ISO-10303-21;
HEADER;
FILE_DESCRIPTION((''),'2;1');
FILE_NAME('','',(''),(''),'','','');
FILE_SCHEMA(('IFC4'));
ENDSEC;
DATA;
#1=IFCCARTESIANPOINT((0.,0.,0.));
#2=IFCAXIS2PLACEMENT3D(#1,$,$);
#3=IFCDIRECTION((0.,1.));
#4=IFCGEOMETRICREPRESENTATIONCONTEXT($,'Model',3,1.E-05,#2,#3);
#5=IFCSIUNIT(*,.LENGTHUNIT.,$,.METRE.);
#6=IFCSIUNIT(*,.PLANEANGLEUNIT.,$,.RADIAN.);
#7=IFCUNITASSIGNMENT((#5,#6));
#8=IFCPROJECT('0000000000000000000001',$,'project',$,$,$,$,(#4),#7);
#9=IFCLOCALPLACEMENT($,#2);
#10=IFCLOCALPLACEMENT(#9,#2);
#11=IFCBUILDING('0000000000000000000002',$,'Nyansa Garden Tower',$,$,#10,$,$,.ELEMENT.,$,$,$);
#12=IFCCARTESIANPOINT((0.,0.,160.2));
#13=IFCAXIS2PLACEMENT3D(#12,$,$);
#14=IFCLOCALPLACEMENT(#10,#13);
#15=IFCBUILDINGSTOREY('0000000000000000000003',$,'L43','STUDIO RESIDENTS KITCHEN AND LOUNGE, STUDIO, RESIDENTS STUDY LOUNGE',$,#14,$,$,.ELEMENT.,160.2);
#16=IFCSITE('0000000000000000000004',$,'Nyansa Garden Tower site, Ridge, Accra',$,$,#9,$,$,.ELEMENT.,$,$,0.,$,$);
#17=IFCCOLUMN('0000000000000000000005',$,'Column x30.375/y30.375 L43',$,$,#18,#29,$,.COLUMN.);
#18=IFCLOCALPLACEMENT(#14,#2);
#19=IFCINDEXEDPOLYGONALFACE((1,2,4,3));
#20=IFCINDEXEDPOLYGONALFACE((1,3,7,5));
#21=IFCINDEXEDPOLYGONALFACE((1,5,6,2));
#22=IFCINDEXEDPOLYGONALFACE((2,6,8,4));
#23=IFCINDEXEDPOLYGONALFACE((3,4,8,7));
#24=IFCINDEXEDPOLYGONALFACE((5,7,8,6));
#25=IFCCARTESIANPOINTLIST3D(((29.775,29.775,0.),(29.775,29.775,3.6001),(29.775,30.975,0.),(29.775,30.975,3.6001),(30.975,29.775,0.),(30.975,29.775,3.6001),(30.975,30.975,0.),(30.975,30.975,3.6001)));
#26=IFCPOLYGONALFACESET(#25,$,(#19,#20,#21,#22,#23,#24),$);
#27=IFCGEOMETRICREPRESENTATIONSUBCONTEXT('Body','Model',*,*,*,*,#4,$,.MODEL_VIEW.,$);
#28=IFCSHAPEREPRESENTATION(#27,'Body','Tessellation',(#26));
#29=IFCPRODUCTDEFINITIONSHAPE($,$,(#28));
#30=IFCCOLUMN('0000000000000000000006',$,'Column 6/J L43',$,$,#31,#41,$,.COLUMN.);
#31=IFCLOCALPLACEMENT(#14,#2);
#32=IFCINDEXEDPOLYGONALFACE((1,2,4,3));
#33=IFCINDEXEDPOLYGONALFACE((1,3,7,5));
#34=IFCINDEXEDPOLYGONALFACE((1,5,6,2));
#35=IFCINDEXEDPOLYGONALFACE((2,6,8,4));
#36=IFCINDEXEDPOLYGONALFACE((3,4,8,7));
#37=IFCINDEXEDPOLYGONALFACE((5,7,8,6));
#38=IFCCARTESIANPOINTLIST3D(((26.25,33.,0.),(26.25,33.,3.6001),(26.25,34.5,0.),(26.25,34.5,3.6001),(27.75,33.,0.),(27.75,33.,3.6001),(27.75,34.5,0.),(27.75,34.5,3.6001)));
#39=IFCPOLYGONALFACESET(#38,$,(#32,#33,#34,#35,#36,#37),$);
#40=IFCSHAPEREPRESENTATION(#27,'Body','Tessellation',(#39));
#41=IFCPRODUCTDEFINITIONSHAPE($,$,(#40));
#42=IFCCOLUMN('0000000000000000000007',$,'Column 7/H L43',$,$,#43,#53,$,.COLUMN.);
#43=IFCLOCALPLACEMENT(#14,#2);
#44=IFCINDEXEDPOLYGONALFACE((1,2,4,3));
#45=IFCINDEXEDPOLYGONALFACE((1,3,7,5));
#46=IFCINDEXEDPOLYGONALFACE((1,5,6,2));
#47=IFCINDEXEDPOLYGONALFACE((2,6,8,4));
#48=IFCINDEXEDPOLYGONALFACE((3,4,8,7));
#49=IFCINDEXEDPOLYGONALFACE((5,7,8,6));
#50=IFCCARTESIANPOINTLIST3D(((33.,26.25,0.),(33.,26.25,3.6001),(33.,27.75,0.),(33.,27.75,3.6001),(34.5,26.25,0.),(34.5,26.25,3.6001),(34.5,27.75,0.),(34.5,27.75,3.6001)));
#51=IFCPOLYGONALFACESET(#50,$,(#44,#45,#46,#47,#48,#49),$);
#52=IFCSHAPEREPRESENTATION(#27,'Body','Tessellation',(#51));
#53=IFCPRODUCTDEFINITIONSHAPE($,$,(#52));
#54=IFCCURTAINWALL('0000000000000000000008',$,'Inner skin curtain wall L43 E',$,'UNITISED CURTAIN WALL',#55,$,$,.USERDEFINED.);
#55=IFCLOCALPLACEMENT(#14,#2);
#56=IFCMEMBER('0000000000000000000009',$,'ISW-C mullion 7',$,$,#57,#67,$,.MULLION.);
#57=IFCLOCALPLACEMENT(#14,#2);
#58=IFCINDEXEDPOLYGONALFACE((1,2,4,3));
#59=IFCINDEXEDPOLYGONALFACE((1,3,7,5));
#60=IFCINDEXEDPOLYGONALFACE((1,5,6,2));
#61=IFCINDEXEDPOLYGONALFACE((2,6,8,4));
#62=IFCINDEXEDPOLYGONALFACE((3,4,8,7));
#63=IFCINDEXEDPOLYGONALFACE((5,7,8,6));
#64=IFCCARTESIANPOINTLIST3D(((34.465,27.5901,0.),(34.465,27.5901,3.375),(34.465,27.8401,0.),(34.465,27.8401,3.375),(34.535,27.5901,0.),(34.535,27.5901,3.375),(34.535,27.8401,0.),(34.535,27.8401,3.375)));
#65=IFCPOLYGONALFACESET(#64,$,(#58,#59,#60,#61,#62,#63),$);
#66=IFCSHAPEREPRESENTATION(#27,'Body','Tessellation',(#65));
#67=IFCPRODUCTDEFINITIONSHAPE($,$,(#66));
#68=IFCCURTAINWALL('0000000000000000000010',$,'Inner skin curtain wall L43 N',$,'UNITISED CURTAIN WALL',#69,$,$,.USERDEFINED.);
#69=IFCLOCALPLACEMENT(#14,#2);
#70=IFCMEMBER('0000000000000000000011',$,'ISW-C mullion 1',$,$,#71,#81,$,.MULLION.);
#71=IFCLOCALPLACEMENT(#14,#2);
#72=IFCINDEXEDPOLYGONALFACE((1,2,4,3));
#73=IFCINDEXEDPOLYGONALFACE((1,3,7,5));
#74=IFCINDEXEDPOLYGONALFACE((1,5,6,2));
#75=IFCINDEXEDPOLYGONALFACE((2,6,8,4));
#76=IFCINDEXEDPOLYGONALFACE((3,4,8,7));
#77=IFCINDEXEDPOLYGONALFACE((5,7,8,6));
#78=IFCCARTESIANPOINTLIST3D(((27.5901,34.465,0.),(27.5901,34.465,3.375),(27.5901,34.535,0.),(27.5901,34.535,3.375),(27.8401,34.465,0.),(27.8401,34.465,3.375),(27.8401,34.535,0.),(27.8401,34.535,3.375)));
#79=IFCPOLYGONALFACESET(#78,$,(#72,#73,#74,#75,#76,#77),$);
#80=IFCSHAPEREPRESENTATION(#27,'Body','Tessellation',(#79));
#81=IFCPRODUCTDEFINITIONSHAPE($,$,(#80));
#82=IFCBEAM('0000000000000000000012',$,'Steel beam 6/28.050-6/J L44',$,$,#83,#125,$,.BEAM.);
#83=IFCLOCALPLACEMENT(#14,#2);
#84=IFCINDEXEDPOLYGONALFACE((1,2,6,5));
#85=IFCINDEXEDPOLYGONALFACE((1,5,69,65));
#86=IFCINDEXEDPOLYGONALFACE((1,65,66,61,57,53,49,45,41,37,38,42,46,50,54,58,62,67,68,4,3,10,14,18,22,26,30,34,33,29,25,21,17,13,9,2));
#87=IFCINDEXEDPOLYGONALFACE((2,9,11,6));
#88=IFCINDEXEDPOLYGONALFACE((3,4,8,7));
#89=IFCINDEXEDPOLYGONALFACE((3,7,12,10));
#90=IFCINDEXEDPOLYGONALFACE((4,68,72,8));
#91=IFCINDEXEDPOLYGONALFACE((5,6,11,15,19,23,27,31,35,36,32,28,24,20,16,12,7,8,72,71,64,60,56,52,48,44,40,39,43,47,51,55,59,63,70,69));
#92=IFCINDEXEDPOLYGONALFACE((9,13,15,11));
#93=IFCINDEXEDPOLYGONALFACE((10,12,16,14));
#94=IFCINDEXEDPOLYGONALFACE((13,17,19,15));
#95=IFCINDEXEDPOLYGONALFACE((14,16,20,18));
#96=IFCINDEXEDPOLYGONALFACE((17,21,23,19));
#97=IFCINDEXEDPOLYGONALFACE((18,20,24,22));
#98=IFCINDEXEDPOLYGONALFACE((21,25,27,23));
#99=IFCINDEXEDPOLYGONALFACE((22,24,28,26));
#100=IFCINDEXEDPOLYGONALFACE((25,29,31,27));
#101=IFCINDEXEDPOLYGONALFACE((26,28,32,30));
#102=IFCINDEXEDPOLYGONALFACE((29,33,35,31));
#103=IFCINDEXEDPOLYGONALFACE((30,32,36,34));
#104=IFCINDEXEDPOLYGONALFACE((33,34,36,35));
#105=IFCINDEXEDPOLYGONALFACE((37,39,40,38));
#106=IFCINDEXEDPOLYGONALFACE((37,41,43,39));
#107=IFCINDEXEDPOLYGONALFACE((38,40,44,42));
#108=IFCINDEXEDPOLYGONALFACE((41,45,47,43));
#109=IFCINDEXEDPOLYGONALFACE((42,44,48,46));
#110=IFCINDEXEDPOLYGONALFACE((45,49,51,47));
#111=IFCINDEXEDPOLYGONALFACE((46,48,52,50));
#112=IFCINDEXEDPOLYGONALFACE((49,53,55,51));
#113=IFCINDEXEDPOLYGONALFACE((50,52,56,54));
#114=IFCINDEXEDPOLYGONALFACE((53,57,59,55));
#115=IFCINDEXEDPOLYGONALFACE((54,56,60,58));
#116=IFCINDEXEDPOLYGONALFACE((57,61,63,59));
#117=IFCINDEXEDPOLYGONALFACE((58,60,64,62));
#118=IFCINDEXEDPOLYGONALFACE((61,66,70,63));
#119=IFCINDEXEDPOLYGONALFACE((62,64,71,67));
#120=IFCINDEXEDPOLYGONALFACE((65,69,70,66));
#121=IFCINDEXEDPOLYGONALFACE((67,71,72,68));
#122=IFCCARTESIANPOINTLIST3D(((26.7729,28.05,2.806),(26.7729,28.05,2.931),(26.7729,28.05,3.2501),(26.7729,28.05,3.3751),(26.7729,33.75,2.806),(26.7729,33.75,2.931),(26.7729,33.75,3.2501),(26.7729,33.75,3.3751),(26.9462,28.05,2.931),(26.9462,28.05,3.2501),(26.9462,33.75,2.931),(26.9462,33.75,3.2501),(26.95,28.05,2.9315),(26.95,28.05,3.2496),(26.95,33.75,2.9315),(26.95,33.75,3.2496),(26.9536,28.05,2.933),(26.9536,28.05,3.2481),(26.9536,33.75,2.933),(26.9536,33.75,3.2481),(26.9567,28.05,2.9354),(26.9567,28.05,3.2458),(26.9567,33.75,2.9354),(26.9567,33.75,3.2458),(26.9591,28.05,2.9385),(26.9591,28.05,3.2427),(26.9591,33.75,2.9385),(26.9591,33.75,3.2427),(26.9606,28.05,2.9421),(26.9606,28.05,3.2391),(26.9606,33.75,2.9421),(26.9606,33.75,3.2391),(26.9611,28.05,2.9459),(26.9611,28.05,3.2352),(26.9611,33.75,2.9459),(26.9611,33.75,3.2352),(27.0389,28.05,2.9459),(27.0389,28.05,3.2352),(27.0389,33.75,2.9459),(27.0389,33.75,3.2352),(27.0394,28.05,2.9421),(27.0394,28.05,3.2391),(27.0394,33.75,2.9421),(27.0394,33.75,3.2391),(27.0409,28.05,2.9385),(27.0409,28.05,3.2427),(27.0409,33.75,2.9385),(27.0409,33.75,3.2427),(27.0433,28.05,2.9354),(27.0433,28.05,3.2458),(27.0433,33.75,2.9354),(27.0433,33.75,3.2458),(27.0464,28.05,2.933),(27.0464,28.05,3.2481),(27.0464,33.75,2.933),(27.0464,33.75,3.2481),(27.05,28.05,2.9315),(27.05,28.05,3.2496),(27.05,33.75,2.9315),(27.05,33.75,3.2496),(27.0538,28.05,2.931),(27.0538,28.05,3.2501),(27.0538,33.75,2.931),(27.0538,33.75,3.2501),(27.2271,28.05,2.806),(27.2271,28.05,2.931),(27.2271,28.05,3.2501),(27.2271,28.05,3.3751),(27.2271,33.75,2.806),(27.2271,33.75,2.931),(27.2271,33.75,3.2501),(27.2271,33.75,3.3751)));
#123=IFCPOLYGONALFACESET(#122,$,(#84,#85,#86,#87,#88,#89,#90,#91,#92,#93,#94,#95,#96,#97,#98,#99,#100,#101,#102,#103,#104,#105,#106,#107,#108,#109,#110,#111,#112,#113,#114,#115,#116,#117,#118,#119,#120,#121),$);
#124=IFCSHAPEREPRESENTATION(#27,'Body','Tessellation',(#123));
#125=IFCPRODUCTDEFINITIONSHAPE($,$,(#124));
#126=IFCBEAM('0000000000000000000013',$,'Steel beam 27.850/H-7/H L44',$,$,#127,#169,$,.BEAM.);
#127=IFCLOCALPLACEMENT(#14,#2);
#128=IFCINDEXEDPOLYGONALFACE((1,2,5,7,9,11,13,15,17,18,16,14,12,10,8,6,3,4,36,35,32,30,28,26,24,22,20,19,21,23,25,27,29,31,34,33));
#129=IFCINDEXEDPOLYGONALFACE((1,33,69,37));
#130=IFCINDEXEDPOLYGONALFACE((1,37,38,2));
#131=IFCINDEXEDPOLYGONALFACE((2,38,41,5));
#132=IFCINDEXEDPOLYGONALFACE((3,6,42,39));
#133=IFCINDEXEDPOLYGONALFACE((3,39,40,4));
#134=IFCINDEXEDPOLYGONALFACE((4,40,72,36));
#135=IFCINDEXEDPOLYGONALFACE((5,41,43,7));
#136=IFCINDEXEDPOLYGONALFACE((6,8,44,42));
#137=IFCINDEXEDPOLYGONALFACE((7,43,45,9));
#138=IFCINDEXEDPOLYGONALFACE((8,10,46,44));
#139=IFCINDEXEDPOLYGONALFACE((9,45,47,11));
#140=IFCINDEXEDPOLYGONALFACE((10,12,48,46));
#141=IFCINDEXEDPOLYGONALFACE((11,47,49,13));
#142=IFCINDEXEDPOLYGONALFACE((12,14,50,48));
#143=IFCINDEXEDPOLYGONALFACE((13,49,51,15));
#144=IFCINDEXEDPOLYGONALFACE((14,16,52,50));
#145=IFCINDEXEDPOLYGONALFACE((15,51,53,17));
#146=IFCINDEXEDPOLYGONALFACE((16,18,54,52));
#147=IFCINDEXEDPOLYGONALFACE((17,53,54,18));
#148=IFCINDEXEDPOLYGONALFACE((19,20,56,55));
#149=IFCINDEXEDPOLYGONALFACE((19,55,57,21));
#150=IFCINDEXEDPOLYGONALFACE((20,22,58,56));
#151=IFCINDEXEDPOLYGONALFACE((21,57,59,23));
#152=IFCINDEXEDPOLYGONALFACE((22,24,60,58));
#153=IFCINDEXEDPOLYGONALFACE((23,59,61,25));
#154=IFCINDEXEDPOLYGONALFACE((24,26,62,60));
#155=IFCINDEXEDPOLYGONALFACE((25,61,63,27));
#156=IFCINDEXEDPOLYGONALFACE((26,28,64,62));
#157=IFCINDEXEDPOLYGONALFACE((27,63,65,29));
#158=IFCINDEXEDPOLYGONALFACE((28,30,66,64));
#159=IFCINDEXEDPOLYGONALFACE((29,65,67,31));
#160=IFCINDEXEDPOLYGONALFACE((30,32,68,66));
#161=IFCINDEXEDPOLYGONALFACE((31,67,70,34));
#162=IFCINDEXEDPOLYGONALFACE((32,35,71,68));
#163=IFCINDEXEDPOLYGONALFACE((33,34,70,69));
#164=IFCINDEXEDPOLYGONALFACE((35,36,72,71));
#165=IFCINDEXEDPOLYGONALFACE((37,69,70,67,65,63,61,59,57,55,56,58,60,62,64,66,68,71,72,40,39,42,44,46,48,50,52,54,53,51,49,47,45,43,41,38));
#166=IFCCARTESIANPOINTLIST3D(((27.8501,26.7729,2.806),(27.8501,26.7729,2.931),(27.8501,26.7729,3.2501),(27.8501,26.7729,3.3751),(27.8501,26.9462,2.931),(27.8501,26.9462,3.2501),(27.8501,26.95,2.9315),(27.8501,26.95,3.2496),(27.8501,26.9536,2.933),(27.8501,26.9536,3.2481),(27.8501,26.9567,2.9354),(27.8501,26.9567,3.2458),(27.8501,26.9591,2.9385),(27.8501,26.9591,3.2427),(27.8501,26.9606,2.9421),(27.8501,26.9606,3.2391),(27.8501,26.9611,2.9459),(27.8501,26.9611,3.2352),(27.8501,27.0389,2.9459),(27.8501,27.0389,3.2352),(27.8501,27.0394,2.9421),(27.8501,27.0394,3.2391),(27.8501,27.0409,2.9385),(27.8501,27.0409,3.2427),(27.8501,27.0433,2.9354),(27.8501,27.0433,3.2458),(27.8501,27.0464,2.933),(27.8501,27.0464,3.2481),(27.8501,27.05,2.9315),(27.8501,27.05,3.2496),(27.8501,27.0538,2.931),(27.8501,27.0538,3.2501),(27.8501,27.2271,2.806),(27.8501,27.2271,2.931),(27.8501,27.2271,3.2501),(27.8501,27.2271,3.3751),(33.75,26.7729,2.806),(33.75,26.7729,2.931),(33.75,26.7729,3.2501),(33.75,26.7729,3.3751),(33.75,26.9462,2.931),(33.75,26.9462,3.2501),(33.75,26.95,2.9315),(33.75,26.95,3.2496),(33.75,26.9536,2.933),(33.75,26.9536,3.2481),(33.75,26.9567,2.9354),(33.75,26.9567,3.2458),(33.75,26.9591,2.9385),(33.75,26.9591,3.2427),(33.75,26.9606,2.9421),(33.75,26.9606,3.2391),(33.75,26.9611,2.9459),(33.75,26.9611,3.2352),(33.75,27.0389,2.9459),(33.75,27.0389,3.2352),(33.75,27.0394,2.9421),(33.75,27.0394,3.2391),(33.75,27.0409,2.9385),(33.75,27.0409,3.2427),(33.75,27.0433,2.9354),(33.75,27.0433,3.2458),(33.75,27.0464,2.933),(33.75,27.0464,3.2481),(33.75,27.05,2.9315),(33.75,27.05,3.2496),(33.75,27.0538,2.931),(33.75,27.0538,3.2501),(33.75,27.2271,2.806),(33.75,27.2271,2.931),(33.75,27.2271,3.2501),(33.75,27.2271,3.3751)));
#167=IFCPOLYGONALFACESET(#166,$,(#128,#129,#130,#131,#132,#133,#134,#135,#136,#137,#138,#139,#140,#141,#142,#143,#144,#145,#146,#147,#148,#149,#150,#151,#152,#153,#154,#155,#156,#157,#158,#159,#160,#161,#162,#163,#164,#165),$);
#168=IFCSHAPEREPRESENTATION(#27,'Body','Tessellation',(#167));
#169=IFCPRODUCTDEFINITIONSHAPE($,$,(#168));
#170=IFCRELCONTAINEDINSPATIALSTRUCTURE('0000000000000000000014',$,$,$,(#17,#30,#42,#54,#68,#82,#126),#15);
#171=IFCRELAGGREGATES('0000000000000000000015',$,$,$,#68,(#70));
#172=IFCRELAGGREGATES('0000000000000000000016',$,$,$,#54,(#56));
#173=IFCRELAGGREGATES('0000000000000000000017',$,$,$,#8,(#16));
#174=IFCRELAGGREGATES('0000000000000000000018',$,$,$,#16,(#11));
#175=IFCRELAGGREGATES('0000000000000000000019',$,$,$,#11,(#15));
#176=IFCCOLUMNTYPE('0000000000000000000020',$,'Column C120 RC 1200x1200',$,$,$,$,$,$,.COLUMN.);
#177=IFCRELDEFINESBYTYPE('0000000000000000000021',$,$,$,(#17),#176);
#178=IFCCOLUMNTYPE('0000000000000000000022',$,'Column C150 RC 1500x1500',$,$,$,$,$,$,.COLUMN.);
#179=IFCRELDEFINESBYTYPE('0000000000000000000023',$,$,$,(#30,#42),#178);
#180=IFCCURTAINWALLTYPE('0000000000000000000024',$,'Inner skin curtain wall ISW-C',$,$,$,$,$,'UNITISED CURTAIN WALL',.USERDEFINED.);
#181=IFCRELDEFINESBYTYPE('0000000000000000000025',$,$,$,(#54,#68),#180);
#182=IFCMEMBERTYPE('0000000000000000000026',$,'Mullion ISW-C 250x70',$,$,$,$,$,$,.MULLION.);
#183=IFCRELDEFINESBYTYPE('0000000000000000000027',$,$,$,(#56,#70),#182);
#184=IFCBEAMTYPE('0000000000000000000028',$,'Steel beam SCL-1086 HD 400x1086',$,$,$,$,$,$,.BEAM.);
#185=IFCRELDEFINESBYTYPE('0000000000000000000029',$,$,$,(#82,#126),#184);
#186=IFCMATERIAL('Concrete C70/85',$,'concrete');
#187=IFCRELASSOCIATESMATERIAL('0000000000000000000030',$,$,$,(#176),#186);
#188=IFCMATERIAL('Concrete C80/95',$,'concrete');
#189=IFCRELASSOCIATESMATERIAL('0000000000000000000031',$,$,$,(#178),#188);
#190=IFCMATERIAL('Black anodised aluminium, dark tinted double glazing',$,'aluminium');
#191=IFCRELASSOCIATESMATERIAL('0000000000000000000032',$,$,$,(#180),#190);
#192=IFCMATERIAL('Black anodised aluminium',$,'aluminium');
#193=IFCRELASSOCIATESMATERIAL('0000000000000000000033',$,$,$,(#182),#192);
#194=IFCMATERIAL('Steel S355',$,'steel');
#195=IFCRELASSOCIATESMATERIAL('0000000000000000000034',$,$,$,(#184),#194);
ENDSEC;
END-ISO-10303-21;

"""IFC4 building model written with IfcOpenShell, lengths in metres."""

from ifc_helpers import new_model, si_unit, direction, frame, origin, origin_2d, place, context, subcontext, project, spatial, rectangle, i_section, extrude, material, material_profile, profile_set, type_object, element, aggregate, save


model = new_model("IFC4")

# Units and contexts
model_context = context("Model", 3, precision=1e-05, world=origin(), true_north=direction((0.0, 1.0)))
body_context = subcontext(model_context, "Body", "Model", "MODEL_VIEW")
ifc_project = project(units=[si_unit("LENGTHUNIT", "METRE"), si_unit("PLANEANGLEUNIT", "RADIAN")], contexts=[model_context])

# Site, building, storey
site_placement = place(None, origin())
site = spatial("IfcSite", under=ifc_project, at=site_placement, Name="Nyansa Garden Tower site, Ridge, Accra", CompositionType="ELEMENT", RefElevation=0.0)
building_placement = place(site_placement, origin())
building = spatial("IfcBuilding", under=site, at=building_placement, Name="Nyansa Garden Tower", CompositionType="ELEMENT")
storey_placement = place(building_placement, frame((0.0, 0.0, 160.2)))
storey = spatial("IfcBuildingStorey", under=building, at=storey_placement, Name="L43", Description="STUDIO RESIDENTS KITCHEN AND LOUNGE, STUDIO, RESIDENTS STUDY LOUNGE", CompositionType="ELEMENT", Elevation=160.2)

# Columns
ifc_material_1 = material(Name="Concrete C70/85", Category="concrete")
ifc_material_profile_1 = material_profile(ifc_material_1, rectangle(XDim=1.2, YDim=1.2, at=origin_2d()), Name="RC 1200x1200")
ifc_profile_set_1 = profile_set([ifc_material_profile_1], Name="Concrete C70/85")
column_type_1 = type_object("IfcColumnType", Name="Column C120 RC 1200x1200", PredefinedType="COLUMN", material=ifc_profile_set_1)
column_placement = place(storey_placement, frame((30.375, 30.375, 0.0), z_axis=(0.0, 0.0, 1.0), x_axis=(1.0, 0.0, 0.0)))
element("IfcColumn", 1, at=column_placement, inside=storey, type_object=column_type_1, Name="Column x30.375/y30.375 L43", PredefinedType="COLUMN", context=body_context, shape_type="SweptSolid", body=[
    extrude(rectangle(XDim=1.2, YDim=1.2, at=origin_2d()), origin(), (0.0, 0.0, 1.0), 3.6001),
])
ifc_material_2 = material(Name="Concrete C80/95", Category="concrete")
ifc_material_profile_2 = material_profile(ifc_material_2, rectangle(XDim=1.5, YDim=1.5, at=origin_2d()), Name="RC 1500x1500")
ifc_profile_set_2 = profile_set([ifc_material_profile_2], Name="Concrete C80/95")
column_type_2 = type_object("IfcColumnType", Name="Column C150 RC 1500x1500", PredefinedType="COLUMN", material=ifc_profile_set_2)
for number, where, z_axis, x_axis, name in (
    (2, (27.0, 33.75, 0.0), (0.0, 0.0, 1.0), (1.0, 0.0, 0.0), "Column 6/J L43"),
    (3, (33.75, 27.0, 0.0), (0.0, 0.0, 1.0), (1.0, 0.0, 0.0), "Column 7/H L43"),
):
    element("IfcColumn", number, at=place(storey_placement, frame(where, z_axis=z_axis, x_axis=x_axis)), inside=storey, type_object=column_type_2, Name=name, PredefinedType="COLUMN", context=body_context, shape_type="SweptSolid", body=[
        extrude(rectangle(XDim=1.5, YDim=1.5, at=origin_2d()), origin(), (0.0, 0.0, 1.0), 3.6001),
    ])

# Curtain walls, members
ifc_material_3 = material(Name="Black anodised aluminium, dark tinted double glazing", Category="aluminium")
curtain_wall_type = type_object("IfcCurtainWallType", Name="Inner skin curtain wall ISW-C", ElementType="UNITISED CURTAIN WALL", PredefinedType="USERDEFINED", material=ifc_material_3)
curtain_wall_1_placement = place(storey_placement, origin())
curtain_wall_1 = element("IfcCurtainWall", 4, at=curtain_wall_1_placement, inside=storey, type_object=curtain_wall_type, Name="Inner skin curtain wall L43 E", ObjectType="UNITISED CURTAIN WALL", PredefinedType="USERDEFINED")
ifc_material_4 = material(Name="Black anodised aluminium", Category="aluminium")
ifc_material_profile_3 = material_profile(ifc_material_4, rectangle(XDim=0.0701, YDim=0.25, at=origin_2d()), Name="Mullion 250x70")
ifc_profile_set_3 = profile_set([ifc_material_profile_3], Name="Black anodised aluminium")
member_type_1 = type_object("IfcMemberType", Name="Mullion ISW-C 250x70", PredefinedType="MULLION", material=ifc_profile_set_3)
member_1_placement = place(storey_placement, frame((34.5, 27.7151, 0.0), z_axis=(0.0, 0.0, 1.0), x_axis=(-1.0, 0.0, 0.0)))
member_1 = element("IfcMember", 5, at=member_1_placement, type_object=member_type_1, Name="ISW-C mullion 7", PredefinedType="MULLION", context=body_context, shape_type="SweptSolid", body=[
    extrude(rectangle(XDim=0.0701, YDim=0.25, at=origin_2d()), origin(), (0.0, 0.0, 1.0), 3.375),
])
curtain_wall_2_placement = place(storey_placement, origin())
curtain_wall_2 = element("IfcCurtainWall", 6, at=curtain_wall_2_placement, inside=storey, type_object=curtain_wall_type, Name="Inner skin curtain wall L43 N", ObjectType="UNITISED CURTAIN WALL", PredefinedType="USERDEFINED")
member_2_placement = place(storey_placement, frame((27.7151, 34.5, 0.0), z_axis=(0.0, 0.0, 1.0), x_axis=(0.0, -1.0, 0.0)))
member_2 = element("IfcMember", 7, at=member_2_placement, type_object=member_type_1, Name="ISW-C mullion 1", PredefinedType="MULLION", context=body_context, shape_type="SweptSolid", body=[
    extrude(rectangle(XDim=0.0701, YDim=0.25, at=origin_2d()), origin(), (0.0, 0.0, 1.0), 3.375),
])

# Beams
ifc_material_5 = material(Name="Steel S355", Category="steel")
ifc_material_profile_4 = material_profile(ifc_material_5, i_section(OverallWidth=0.4541, OverallDepth=0.5691, WebThickness=0.0779, FlangeThickness=0.125, FilletRadius=0.0149, at=origin_2d()), Name="HD 400x1086")
ifc_profile_set_4 = profile_set([ifc_material_profile_4], Name="Steel S355")
beam_type_1 = type_object("IfcBeamType", Name="Steel beam SCL-1086 HD 400x1086", PredefinedType="BEAM", material=ifc_profile_set_4)
beam_1_placement = place(storey_placement, frame((27.0, 28.05, 3.0906), z_axis=(0.0, 1.0, 0.0), x_axis=(-1.0, 0.0, 0.0)))
element("IfcBeam", 8, at=beam_1_placement, inside=storey, type_object=beam_type_1, Name="Steel beam 6/28.050-6/J L44", PredefinedType="BEAM", context=body_context, shape_type="SweptSolid", body=[
    extrude(i_section(OverallWidth=0.4541, OverallDepth=0.5691, WebThickness=0.0779, FlangeThickness=0.125, FilletRadius=0.0149, at=origin_2d()), origin(), (0.0, 0.0, 1.0), 5.7),
])
beam_2_placement = place(storey_placement, frame((27.8501, 27.0, 3.0906), z_axis=(1.0, 0.0, 0.0), x_axis=(0.0, 1.0, 0.0)))
element("IfcBeam", 9, at=beam_2_placement, inside=storey, type_object=beam_type_1, Name="Steel beam 27.850/H-7/H L44", PredefinedType="BEAM", context=body_context, shape_type="SweptSolid", body=[
    extrude(i_section(OverallWidth=0.4541, OverallDepth=0.5691, WebThickness=0.0779, FlangeThickness=0.125, FilletRadius=0.0149, at=origin_2d()), origin(), (0.0, 0.0, 1.0), 5.8999),
])

aggregate(curtain_wall_2, [member_2])

aggregate(curtain_wall_1, [member_1])

save(model, "model.ifc")
